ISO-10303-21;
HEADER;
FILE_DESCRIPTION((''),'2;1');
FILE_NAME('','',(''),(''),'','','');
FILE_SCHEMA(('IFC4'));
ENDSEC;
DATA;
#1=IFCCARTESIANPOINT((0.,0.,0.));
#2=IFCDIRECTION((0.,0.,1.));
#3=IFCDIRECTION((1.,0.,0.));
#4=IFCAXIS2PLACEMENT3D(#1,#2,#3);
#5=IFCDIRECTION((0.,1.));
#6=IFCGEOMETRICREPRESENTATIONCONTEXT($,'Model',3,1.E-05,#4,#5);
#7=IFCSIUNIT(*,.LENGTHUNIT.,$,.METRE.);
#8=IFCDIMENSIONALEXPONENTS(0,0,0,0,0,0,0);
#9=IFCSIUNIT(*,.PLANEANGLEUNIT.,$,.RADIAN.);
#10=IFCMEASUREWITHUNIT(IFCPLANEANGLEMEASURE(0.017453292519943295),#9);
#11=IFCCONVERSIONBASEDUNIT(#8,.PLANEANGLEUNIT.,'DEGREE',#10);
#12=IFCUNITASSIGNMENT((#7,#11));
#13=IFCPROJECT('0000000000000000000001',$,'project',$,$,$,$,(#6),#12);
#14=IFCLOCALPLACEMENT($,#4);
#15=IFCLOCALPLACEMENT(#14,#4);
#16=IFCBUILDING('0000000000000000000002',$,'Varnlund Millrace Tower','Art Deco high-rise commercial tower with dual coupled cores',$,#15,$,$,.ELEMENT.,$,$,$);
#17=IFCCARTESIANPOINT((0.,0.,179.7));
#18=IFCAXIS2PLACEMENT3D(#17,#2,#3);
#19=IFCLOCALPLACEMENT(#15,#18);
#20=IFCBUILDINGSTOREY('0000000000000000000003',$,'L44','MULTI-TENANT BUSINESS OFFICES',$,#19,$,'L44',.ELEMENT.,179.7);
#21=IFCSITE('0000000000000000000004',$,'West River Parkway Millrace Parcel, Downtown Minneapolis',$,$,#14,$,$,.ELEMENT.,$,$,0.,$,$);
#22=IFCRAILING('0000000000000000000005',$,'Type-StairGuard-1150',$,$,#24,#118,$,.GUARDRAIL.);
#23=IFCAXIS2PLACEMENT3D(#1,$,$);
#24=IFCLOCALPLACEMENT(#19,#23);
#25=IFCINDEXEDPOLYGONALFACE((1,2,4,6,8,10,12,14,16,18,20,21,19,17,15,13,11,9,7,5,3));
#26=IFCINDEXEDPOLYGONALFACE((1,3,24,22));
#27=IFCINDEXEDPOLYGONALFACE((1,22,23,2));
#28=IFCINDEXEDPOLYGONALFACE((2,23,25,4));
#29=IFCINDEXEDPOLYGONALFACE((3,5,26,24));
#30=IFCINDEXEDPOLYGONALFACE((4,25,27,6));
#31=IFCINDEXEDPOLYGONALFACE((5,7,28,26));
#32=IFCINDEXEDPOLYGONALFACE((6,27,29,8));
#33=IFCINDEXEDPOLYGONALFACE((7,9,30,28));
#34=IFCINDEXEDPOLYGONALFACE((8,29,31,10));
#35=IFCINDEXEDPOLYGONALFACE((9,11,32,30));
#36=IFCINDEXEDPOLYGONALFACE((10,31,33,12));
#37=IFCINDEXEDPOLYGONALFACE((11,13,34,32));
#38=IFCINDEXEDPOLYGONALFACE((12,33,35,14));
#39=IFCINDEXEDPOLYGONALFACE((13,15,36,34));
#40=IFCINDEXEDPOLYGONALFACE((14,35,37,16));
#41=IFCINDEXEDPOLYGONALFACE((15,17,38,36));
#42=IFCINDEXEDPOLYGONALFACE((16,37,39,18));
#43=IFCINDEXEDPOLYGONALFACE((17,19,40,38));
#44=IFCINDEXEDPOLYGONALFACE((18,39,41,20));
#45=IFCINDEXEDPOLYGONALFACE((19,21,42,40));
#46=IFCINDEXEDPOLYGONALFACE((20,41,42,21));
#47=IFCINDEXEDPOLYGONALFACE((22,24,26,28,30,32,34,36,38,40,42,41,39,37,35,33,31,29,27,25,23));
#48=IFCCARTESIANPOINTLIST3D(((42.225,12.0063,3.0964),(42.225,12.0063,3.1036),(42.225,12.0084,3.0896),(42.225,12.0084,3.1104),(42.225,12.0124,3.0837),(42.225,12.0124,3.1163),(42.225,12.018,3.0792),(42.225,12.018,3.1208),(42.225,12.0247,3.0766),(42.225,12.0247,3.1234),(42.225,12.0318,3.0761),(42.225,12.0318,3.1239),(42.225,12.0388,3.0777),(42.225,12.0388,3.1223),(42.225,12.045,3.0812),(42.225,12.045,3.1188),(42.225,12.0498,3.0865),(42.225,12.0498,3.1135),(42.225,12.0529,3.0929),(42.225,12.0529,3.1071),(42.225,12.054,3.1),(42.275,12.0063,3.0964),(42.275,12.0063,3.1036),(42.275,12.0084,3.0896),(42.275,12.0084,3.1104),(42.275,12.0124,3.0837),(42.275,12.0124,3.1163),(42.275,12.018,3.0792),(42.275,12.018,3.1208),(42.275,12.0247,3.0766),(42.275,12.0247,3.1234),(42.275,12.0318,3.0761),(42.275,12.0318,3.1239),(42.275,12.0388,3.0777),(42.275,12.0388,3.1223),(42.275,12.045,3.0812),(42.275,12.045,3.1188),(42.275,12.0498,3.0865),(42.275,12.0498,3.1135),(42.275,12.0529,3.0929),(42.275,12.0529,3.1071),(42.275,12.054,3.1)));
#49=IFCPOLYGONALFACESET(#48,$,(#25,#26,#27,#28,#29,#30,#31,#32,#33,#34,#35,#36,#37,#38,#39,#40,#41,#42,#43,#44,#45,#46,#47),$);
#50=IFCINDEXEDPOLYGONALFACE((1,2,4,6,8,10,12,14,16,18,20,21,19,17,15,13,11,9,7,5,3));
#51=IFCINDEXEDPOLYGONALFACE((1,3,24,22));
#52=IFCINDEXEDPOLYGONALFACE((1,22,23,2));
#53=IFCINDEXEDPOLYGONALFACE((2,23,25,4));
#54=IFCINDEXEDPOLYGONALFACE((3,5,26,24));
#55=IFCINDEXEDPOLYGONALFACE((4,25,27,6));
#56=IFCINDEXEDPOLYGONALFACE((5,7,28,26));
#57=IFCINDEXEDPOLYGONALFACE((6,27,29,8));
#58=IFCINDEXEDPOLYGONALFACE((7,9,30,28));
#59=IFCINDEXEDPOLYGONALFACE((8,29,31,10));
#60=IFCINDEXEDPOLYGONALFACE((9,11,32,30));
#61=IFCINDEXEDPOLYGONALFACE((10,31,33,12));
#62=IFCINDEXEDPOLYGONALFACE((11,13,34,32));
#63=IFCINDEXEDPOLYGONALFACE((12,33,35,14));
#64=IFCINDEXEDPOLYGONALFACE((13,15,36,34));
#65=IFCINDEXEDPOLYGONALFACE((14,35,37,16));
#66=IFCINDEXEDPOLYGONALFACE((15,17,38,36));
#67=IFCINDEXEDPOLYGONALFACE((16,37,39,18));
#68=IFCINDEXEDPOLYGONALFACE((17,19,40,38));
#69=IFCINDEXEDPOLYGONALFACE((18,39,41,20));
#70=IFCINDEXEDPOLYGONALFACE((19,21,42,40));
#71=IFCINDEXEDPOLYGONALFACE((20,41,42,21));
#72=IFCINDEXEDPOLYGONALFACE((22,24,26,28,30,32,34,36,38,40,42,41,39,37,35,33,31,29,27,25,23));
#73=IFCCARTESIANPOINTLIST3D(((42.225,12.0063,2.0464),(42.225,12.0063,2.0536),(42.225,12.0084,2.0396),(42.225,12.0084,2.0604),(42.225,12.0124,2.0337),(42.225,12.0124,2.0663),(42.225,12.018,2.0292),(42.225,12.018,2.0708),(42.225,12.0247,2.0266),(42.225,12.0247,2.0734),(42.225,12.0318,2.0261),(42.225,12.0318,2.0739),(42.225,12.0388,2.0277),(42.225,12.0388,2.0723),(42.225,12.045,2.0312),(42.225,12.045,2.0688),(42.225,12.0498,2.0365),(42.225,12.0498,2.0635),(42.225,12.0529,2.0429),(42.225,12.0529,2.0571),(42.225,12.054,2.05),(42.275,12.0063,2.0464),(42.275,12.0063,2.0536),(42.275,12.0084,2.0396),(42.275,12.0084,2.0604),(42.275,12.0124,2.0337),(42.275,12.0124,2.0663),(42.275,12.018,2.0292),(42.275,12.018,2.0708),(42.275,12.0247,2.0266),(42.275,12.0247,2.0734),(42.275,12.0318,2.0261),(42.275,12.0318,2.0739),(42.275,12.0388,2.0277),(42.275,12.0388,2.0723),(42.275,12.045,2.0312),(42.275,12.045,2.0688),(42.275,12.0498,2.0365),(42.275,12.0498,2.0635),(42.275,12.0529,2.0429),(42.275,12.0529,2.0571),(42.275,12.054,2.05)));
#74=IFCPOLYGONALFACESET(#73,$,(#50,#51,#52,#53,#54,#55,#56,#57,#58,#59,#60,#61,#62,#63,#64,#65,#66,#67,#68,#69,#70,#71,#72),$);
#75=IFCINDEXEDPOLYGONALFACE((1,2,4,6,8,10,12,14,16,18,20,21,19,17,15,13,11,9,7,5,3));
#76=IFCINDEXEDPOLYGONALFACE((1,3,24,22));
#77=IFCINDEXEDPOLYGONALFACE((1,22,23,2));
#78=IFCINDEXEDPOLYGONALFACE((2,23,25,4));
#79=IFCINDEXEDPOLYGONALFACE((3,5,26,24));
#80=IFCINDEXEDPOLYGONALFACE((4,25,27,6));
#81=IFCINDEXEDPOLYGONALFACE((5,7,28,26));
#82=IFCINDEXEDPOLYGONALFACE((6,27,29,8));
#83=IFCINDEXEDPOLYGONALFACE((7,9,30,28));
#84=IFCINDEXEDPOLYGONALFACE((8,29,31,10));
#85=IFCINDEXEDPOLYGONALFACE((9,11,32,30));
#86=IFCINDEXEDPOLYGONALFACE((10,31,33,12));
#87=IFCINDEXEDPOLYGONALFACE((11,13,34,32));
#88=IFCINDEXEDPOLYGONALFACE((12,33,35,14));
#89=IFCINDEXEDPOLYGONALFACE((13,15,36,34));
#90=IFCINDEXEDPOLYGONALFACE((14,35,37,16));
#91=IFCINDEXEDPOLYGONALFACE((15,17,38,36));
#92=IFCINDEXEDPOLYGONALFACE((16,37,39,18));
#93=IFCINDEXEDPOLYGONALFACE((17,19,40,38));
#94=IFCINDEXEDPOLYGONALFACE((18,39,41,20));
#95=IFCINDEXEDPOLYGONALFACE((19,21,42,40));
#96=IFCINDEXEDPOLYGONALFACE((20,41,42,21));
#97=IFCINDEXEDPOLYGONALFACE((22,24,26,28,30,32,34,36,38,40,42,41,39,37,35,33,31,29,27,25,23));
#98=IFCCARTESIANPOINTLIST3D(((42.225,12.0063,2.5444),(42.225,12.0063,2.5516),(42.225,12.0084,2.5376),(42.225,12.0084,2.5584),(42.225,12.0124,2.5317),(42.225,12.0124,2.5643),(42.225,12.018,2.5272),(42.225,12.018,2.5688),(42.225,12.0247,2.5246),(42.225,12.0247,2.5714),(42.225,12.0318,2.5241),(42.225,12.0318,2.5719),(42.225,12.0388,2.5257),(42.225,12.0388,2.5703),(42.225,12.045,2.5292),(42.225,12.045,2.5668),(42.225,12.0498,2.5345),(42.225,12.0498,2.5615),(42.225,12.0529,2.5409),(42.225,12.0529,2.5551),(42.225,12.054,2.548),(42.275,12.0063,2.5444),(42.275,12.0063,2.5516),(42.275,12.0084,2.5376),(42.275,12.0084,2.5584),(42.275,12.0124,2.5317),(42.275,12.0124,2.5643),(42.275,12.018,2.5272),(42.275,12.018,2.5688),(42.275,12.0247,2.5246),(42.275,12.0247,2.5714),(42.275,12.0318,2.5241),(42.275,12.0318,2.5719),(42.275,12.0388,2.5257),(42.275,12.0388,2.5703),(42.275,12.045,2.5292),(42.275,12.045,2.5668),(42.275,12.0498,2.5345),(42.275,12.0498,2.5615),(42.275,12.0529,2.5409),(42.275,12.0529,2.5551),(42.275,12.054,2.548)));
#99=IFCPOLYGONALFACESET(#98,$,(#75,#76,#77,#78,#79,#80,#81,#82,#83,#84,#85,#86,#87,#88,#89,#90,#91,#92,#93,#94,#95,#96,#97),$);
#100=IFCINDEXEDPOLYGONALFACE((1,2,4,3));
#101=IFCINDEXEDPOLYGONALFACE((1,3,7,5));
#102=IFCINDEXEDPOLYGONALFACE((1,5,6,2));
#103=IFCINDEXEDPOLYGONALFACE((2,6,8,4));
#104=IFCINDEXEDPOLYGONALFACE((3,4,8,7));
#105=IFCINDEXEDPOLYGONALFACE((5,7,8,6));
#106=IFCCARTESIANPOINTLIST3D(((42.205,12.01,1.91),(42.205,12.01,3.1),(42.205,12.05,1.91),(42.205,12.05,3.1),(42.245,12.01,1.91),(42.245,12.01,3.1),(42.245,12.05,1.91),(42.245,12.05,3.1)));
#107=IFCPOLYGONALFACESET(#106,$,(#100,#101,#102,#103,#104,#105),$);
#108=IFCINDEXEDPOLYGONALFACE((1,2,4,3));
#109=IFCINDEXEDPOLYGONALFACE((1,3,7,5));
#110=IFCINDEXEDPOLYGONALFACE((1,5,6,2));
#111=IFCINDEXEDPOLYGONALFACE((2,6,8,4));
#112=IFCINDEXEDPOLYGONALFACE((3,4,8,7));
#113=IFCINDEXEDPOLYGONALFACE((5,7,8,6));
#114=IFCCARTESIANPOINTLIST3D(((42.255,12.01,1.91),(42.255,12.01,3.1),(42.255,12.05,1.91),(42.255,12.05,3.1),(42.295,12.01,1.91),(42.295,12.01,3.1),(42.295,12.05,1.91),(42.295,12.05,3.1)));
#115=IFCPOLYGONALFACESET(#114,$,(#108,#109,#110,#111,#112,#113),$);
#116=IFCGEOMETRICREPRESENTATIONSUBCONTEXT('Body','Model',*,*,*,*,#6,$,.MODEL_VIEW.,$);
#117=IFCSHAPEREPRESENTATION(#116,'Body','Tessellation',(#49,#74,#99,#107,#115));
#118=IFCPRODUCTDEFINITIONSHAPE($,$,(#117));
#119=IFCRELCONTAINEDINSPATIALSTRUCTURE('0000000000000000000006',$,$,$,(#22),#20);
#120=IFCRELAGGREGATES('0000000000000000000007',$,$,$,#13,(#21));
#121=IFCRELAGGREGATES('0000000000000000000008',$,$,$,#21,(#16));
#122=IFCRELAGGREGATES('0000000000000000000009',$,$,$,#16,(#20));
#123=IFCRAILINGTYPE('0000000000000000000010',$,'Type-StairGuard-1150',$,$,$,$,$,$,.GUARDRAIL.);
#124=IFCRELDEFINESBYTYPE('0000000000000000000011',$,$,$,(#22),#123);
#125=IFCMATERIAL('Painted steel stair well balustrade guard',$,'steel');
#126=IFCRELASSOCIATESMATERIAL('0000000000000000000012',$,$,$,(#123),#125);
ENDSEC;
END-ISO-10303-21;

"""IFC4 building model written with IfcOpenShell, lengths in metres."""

from ifc_helpers import new_model, entity, si_unit, converted_unit, direction, frame, origin_with_axes, origin_2d_with_axis, place, context, subcontext, project, spatial, rectangle, circle, extrude, material, type_object, element, save


model = new_model("IFC4")

# Units and contexts
model_context = context("Model", 3, precision=1e-05, world=origin_with_axes(), true_north=direction((0.0, 1.0)))
body_context = subcontext(model_context, "Body", "Model", "MODEL_VIEW")
ifc_project = project(units=[si_unit("LENGTHUNIT", "METRE"), converted_unit("PLANEANGLEUNIT", "DEGREE", entity("IfcPlaneAngleMeasure", 0.017453292519943295), si_unit("PLANEANGLEUNIT", "RADIAN"), dimensions=[0, 0, 0, 0, 0, 0, 0])], contexts=[model_context])

# Site, building, storey
site_placement = place(None, origin_with_axes())
site = spatial("IfcSite", under=ifc_project, at=site_placement, Name="West River Parkway Millrace Parcel, Downtown Minneapolis", CompositionType="ELEMENT", RefElevation=0.0)
building_placement = place(site_placement, origin_with_axes())
building = spatial("IfcBuilding", under=site, at=building_placement, Name="Varnlund Millrace Tower", Description="Art Deco high-rise commercial tower with dual coupled cores", CompositionType="ELEMENT")
storey_placement = place(building_placement, frame((0.0, 0.0, 179.7), z_axis=(0.0, 0.0, 1.0), x_axis=(1.0, 0.0, 0.0)))
storey = spatial("IfcBuildingStorey", under=building, at=storey_placement, Name="L44", Description="MULTI-TENANT BUSINESS OFFICES", LongName="L44", CompositionType="ELEMENT", Elevation=179.7)

# Railing
ifc_material_1 = material(Name="Painted steel stair well balustrade guard", Category="steel")
railing_type_1 = type_object("IfcRailingType", Name="Type-StairGuard-1150", PredefinedType="GUARDRAIL", material=ifc_material_1)
railing_1_placement = place(storey_placement, frame((0.0, 0.0, -179.7), z_axis=(0.0, 0.0, 1.0), x_axis=(1.0, 0.0, 0.0)))
element("IfcRailing", 1, at=railing_1_placement, inside=storey, type_object=railing_type_1, Name="Type-StairGuard-1150", PredefinedType="GUARDRAIL", context=body_context, shape_type="SweptSolid", body=[
    extrude(circle(Radius=0.024, at=origin_2d_with_axis()), frame((42.225, 12.03, 182.8), z_axis=(1.0, 0.0, 0.0), x_axis=(0.0, 1.0, 0.0)), (0.0, 0.0, 1.0), 0.05),
    extrude(circle(Radius=0.024, at=origin_2d_with_axis()), frame((42.225, 12.03, 181.75), z_axis=(1.0, 0.0, 0.0), x_axis=(0.0, 1.0, 0.0)), (0.0, 0.0, 1.0), 0.05),
    extrude(circle(Radius=0.024, at=origin_2d_with_axis()), frame((42.225, 12.03, 182.248), z_axis=(1.0, 0.0, 0.0), x_axis=(0.0, 1.0, 0.0)), (0.0, 0.0, 1.0), 0.05),
    extrude(rectangle(XDim=0.04, YDim=0.04, at=origin_2d_with_axis()), frame((42.225, 12.03, 181.61), z_axis=(0.0, 0.0, 1.0), x_axis=(1.0, 0.0, 0.0)), (0.0, 0.0, 1.0), 1.19),
    extrude(rectangle(XDim=0.04, YDim=0.04, at=origin_2d_with_axis()), frame((42.275, 12.03, 181.61), z_axis=(0.0, 0.0, 1.0), x_axis=(1.0, 0.0, 0.0)), (0.0, 0.0, 1.0), 1.19),
])

save(model, "model.ifc")
